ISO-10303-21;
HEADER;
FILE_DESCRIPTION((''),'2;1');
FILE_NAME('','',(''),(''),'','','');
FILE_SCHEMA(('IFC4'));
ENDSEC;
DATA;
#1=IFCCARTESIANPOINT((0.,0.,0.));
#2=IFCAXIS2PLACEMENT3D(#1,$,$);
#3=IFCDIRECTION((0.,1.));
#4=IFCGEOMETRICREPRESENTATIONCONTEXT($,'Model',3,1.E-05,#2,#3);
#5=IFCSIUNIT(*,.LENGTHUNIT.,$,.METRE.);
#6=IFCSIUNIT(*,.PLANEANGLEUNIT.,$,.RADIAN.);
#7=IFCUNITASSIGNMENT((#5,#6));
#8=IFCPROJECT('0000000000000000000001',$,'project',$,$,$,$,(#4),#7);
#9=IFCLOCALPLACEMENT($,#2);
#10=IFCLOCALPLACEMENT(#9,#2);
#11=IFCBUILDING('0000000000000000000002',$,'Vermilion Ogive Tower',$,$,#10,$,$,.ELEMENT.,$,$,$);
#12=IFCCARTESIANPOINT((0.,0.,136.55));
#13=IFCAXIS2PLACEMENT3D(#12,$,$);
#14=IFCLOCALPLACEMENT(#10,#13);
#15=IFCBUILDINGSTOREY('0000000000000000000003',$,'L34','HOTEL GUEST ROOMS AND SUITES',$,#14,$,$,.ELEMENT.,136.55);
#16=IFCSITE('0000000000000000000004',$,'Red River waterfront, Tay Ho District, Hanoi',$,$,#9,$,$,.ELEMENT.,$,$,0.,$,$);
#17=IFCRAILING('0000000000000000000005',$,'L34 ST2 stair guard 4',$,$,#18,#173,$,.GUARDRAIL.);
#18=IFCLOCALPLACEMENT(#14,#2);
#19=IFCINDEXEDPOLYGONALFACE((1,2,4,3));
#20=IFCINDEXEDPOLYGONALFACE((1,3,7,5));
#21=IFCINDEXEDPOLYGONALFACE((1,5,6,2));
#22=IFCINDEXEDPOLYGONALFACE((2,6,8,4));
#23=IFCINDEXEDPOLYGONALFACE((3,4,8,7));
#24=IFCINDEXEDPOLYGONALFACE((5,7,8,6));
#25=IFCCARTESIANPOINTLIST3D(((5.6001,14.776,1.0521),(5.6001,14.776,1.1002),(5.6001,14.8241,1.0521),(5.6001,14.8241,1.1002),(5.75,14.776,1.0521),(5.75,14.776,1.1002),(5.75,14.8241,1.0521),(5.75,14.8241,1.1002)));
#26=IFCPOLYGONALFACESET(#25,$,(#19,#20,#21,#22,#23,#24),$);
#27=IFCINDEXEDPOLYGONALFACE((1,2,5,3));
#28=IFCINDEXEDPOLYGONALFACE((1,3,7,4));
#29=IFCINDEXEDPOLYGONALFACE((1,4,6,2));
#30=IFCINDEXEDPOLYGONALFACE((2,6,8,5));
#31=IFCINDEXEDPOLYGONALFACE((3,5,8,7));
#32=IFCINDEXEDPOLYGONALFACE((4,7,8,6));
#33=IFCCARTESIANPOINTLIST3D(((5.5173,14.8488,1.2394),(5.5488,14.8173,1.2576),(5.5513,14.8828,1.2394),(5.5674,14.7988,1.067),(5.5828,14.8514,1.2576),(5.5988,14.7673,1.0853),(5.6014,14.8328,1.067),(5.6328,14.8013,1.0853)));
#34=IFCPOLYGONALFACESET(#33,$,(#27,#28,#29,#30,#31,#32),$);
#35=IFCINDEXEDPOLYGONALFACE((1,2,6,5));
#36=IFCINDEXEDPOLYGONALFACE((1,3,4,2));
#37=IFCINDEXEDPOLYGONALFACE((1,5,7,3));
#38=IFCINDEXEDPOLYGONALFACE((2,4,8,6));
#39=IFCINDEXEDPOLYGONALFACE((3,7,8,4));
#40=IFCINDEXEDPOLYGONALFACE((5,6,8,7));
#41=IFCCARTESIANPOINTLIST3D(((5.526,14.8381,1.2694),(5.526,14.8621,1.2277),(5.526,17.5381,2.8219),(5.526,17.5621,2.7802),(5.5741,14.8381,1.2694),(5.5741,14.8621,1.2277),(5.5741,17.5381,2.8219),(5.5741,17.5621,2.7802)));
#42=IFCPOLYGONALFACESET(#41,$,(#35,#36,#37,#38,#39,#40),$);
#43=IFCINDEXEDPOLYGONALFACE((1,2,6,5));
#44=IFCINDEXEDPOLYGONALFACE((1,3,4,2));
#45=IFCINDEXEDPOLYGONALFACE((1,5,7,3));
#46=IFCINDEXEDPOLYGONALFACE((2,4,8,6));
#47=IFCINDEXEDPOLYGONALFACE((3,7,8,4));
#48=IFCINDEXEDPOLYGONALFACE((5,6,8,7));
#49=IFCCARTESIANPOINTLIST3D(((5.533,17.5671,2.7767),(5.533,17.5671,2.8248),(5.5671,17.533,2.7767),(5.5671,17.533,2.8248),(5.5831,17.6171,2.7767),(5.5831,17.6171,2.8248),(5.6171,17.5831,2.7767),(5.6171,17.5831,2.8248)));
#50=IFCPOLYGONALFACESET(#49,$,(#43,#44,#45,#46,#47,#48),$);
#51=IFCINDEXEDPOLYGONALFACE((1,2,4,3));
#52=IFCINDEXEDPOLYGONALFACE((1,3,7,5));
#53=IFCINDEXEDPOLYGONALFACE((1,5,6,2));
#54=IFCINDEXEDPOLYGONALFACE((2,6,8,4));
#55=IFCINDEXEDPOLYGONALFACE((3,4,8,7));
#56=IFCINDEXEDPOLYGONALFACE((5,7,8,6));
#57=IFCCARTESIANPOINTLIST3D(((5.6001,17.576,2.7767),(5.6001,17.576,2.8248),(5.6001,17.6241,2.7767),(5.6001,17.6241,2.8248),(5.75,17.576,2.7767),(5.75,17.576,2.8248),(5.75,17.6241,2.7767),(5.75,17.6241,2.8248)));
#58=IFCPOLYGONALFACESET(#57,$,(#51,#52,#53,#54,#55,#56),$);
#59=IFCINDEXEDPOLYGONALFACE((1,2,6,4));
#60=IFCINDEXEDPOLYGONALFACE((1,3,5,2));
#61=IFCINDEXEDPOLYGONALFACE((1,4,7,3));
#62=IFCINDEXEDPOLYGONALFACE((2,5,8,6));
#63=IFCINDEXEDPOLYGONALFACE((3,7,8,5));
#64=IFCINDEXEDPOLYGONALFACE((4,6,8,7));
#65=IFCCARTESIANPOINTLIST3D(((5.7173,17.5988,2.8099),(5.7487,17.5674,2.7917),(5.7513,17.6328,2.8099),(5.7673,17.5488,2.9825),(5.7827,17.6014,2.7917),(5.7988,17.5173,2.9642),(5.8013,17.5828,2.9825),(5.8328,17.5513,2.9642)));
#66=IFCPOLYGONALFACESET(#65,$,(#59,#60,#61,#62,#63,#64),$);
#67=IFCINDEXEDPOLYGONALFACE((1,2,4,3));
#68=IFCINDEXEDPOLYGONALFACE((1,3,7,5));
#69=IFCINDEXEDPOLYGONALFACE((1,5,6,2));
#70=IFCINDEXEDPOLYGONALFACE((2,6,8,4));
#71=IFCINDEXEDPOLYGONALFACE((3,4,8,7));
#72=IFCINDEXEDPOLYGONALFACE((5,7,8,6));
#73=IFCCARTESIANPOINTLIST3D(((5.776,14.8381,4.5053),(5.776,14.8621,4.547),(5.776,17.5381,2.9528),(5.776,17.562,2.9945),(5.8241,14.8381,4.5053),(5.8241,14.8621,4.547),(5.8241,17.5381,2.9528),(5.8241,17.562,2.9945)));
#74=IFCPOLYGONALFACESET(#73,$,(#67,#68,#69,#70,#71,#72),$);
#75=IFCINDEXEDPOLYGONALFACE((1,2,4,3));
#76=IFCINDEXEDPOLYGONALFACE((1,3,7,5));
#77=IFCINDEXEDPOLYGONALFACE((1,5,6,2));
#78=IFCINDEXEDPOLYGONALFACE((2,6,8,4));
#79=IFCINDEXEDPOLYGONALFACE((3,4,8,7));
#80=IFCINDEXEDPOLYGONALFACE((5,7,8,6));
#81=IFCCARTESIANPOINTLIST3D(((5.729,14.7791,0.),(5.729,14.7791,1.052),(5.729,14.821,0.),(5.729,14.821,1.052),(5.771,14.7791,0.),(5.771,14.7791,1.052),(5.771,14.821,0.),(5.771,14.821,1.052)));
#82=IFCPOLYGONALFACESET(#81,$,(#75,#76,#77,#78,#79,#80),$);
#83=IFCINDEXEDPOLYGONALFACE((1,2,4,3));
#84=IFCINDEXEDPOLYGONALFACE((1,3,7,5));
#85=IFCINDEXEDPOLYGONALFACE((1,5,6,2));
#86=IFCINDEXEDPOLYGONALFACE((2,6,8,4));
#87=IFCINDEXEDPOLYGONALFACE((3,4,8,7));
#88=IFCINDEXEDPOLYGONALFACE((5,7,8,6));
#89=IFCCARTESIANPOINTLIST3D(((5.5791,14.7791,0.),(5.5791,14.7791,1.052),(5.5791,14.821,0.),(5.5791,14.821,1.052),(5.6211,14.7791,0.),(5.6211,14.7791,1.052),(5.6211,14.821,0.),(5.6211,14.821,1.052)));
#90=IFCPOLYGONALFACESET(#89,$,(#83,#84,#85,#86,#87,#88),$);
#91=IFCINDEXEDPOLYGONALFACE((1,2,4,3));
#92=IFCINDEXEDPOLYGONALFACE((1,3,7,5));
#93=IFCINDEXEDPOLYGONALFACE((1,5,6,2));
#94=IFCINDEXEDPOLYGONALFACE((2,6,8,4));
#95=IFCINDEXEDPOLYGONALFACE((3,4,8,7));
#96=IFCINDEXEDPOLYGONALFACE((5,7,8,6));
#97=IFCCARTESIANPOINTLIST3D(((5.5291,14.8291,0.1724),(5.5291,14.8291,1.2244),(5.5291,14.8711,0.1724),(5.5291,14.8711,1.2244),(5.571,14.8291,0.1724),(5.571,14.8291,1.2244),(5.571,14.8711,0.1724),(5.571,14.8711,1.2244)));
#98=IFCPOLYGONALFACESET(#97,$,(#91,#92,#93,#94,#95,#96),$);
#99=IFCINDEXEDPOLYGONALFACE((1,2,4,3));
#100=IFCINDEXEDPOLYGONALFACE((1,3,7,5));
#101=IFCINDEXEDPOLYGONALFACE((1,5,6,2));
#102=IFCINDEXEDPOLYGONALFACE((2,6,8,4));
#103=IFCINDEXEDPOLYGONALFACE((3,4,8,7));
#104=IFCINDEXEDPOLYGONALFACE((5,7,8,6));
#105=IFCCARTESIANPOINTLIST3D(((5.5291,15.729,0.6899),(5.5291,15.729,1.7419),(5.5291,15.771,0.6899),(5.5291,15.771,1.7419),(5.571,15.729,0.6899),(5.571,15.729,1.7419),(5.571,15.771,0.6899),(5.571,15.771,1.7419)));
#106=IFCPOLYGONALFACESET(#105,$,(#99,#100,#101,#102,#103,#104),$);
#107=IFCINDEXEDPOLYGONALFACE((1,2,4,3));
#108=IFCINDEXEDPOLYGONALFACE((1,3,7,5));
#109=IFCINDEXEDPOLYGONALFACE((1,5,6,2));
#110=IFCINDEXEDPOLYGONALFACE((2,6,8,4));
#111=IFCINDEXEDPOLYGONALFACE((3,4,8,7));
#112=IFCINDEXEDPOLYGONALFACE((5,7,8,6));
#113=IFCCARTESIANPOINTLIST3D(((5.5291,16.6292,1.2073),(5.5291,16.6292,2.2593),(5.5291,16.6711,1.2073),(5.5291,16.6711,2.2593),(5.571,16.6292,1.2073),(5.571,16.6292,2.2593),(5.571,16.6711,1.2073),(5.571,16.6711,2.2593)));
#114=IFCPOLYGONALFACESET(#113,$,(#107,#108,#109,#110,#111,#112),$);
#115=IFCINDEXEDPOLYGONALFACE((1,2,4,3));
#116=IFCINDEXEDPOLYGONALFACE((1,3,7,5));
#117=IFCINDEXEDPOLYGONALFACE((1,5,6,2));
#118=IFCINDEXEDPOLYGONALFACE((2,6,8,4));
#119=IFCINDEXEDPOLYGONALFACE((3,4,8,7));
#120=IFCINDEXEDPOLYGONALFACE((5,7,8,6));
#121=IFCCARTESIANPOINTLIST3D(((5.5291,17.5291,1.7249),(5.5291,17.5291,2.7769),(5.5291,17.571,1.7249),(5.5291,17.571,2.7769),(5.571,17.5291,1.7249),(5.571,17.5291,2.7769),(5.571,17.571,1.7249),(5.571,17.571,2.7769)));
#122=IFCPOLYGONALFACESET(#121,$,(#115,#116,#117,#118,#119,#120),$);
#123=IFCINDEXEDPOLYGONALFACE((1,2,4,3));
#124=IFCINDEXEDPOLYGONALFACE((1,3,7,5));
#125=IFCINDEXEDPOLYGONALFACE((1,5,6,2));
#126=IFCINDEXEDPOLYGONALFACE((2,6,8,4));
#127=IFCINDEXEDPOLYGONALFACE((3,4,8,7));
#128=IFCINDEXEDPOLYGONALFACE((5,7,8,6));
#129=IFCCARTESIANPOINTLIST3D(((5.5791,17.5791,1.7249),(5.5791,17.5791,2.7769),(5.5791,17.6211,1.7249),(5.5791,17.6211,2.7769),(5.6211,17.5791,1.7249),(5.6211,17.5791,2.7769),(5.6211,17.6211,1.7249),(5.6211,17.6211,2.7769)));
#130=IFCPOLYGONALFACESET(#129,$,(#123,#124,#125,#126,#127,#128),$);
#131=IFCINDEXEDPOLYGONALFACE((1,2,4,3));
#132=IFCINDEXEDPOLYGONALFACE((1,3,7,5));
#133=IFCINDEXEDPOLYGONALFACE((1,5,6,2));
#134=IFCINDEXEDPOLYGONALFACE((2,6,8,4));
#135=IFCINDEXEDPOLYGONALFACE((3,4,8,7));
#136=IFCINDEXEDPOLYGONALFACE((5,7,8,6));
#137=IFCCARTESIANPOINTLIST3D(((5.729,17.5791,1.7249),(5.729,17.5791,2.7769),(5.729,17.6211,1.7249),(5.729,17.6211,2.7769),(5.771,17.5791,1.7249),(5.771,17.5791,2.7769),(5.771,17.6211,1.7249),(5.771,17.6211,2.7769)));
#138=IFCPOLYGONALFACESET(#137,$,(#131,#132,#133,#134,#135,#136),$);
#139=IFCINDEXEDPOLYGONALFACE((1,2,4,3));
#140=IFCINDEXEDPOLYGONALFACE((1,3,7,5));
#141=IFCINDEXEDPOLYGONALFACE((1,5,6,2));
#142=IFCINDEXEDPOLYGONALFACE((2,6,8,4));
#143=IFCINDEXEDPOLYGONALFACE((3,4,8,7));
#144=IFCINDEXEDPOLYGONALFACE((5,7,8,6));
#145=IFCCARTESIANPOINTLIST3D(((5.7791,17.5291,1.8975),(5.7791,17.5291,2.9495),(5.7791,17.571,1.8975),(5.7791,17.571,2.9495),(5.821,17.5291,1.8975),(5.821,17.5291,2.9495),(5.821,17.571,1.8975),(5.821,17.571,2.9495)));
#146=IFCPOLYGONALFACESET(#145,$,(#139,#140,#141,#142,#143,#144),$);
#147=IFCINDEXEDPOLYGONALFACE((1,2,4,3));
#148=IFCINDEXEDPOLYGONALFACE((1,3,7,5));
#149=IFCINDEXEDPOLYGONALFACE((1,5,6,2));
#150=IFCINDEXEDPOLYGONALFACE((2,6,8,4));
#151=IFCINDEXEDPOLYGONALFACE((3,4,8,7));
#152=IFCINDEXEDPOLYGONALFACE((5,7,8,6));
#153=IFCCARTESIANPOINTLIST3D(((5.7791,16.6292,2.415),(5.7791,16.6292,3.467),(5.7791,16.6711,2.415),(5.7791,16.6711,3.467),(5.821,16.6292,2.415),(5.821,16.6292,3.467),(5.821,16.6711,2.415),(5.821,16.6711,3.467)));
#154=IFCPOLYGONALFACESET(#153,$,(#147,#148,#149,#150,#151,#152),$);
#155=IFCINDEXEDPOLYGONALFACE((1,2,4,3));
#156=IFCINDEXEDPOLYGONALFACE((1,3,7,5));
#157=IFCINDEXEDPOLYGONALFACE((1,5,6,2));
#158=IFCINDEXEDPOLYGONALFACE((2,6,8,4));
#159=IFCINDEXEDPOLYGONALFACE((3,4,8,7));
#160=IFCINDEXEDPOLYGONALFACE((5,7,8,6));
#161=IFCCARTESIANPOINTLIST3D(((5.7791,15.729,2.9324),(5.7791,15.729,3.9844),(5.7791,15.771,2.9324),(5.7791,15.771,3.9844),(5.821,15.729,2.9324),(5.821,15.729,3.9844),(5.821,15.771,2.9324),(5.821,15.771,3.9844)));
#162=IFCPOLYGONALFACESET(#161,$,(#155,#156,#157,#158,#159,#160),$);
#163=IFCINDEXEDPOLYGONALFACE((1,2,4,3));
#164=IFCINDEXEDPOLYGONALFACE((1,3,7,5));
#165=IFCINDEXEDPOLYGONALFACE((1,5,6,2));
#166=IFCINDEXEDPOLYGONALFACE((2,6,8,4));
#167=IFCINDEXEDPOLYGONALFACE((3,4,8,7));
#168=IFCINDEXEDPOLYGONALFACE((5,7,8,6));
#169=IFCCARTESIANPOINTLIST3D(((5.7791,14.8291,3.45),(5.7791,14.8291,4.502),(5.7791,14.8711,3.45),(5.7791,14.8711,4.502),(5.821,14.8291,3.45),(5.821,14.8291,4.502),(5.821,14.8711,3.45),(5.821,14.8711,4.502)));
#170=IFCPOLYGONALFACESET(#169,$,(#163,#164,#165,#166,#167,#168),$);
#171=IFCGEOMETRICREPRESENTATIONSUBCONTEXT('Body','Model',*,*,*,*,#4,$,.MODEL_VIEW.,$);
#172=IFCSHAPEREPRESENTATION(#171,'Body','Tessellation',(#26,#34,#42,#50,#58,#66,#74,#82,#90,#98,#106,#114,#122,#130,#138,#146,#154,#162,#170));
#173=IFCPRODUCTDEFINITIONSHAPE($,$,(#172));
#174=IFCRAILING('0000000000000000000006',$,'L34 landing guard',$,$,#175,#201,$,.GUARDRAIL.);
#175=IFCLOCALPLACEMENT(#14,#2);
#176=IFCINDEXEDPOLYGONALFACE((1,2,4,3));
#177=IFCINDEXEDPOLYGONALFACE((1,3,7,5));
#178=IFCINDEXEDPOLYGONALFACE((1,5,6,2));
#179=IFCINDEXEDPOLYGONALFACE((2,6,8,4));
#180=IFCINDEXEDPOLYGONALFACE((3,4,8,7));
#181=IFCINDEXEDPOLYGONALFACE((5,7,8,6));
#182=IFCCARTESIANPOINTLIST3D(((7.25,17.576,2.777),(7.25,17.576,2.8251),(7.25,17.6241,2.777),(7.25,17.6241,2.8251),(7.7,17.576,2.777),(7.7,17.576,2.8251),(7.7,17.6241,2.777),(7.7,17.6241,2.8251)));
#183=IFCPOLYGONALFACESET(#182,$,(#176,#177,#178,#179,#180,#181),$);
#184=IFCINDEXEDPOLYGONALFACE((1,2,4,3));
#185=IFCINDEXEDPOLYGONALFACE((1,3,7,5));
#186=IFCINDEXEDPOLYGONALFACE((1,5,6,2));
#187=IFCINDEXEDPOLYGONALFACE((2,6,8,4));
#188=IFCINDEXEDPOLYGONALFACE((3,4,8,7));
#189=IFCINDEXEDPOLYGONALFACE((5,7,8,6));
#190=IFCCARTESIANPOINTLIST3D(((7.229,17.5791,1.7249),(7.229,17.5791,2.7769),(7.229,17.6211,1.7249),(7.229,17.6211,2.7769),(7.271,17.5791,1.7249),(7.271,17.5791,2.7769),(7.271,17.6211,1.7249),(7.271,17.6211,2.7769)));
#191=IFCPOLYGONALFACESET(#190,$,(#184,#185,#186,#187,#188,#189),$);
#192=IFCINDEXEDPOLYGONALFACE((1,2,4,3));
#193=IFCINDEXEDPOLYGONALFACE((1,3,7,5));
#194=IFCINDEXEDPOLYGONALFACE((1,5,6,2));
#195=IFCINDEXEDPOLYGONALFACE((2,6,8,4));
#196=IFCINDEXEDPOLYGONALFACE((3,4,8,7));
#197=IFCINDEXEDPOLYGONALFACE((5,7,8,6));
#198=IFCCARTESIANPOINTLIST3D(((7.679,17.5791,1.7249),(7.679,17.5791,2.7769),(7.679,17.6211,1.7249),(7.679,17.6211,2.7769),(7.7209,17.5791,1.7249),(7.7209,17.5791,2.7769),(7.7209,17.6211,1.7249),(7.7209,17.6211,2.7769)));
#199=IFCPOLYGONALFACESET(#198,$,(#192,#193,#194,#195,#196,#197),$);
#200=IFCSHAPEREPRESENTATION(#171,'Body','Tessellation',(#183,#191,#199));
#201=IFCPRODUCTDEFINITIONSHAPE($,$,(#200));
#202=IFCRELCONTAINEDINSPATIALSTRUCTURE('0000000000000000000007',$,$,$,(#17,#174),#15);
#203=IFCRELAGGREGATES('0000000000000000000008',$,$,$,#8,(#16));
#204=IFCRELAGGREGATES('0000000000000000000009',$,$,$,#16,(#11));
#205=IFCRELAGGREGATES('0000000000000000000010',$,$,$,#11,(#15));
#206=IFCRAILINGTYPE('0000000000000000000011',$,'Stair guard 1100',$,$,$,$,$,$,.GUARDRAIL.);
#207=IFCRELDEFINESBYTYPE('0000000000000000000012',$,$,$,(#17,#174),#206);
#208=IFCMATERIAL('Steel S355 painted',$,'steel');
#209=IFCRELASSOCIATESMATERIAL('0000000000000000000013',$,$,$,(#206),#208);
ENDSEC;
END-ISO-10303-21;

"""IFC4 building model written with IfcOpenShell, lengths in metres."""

from ifc_helpers import new_model, si_unit, direction, frame, origin, origin_2d, place, context, subcontext, project, spatial, rectangle, extrude, material, type_object, element, save


model = new_model("IFC4")

# Units and contexts
model_context = context("Model", 3, precision=1e-05, world=origin(), true_north=direction((0.0, 1.0)))
body_context = subcontext(model_context, "Body", "Model", "MODEL_VIEW")
ifc_project = project(units=[si_unit("LENGTHUNIT", "METRE"), si_unit("PLANEANGLEUNIT", "RADIAN")], contexts=[model_context])

# Site, building, storey
site_placement = place(None, origin())
site = spatial("IfcSite", under=ifc_project, at=site_placement, Name="Red River waterfront, Tay Ho District, Hanoi", CompositionType="ELEMENT", RefElevation=0.0)
building_placement = place(site_placement, origin())
building = spatial("IfcBuilding", under=site, at=building_placement, Name="Vermilion Ogive Tower", CompositionType="ELEMENT")
storey_placement = place(building_placement, frame((0.0, 0.0, 136.55)))
storey = spatial("IfcBuildingStorey", under=building, at=storey_placement, Name="L34", Description="HOTEL GUEST ROOMS AND SUITES", CompositionType="ELEMENT", Elevation=136.55)

# Railings
ifc_material_1 = material(Name="Steel S355 painted", Category="steel")
railing_type_1 = type_object("IfcRailingType", Name="Stair guard 1100", PredefinedType="GUARDRAIL", material=ifc_material_1)
railing_1_placement = place(storey_placement, frame((5.75, 14.8, 0.0)))
element("IfcRailing", 1, at=railing_1_placement, inside=storey, type_object=railing_type_1, Name="L34 ST2 stair guard 4", PredefinedType="GUARDRAIL", context=body_context, shape_type="SweptSolid", body=[
    extrude(rectangle(XDim=0.0481, YDim=0.0481, at=origin_2d()), frame((0.0, 0.0, 1.0762), z_axis=(-1.0, 0.0, 0.0), x_axis=(0.0, -1.0, 0.0)), (0.0, 0.0, 1.0), 0.1499),
    extrude(rectangle(XDim=0.0481, YDim=0.0481, at=origin_2d()), frame((-0.1499, 0.0, 1.0762), z_axis=(-0.268603, 0.268603, 0.925043), x_axis=(-0.707107, -0.707107, 0.0)), (0.0, 0.0, 1.0), 0.1863),
    extrude(rectangle(XDim=0.0481, YDim=0.0481, at=origin_2d()), frame((-0.2, 0.05, 1.2485), z_axis=(0.0, 0.866904, 0.498476), x_axis=(-1.0, 0.0, 0.0)), (0.0, 0.0, 1.0), 3.1145),
    extrude(rectangle(XDim=0.0481, YDim=0.0481, at=origin_2d()), frame((-0.2, 2.75, 2.8008), z_axis=(0.707107, 0.707107, 0.0), x_axis=(-0.707107, 0.707107, 0.0)), (0.0, 0.0, 1.0), 0.0708),
    extrude(rectangle(XDim=0.0481, YDim=0.0481, at=origin_2d()), frame((-0.1499, 2.8, 2.8008), z_axis=(1.0, 0.0, 0.0), x_axis=(0.0, 1.0, 0.0)), (0.0, 0.0, 1.0), 0.1499),
    extrude(rectangle(XDim=0.0481, YDim=0.0481, at=origin_2d()), frame((0.0, 2.8, 2.8008), z_axis=(0.268278, -0.268278, 0.925232), x_axis=(0.707107, 0.707107, 0.0)), (0.0, 0.0, 1.0), 0.1865),
    extrude(rectangle(XDim=0.0481, YDim=0.0481, at=origin_2d()), frame((0.05, 2.75, 2.9736), z_axis=(0.0, -0.866904, 0.498476), x_axis=(1.0, 0.0, 0.0)), (0.0, 0.0, 1.0), 3.1145),
    extrude(rectangle(XDim=0.042, YDim=0.042, at=origin_2d()), origin(), (0.0, 0.0, 1.0), 1.052),
    extrude(rectangle(XDim=0.042, YDim=0.042, at=origin_2d()), frame((-0.1499, 0.0, 0.0)), (0.0, 0.0, 1.0), 1.052),
    extrude(rectangle(XDim=0.042, YDim=0.042, at=origin_2d()), frame((-0.2, 0.05, 0.1724)), (0.0, 0.0, 1.0), 1.052),
    extrude(rectangle(XDim=0.042, YDim=0.042, at=origin_2d()), frame((-0.2, 0.95, 0.6899)), (0.0, 0.0, 1.0), 1.052),
    extrude(rectangle(XDim=0.042, YDim=0.042, at=origin_2d()), frame((-0.2, 1.8501, 1.2073)), (0.0, 0.0, 1.0), 1.052),
    extrude(rectangle(XDim=0.042, YDim=0.042, at=origin_2d()), frame((-0.2, 2.75, 1.7249)), (0.0, 0.0, 1.0), 1.052),
    extrude(rectangle(XDim=0.042, YDim=0.042, at=origin_2d()), frame((-0.1499, 2.8, 1.7249)), (0.0, 0.0, 1.0), 1.052),
    extrude(rectangle(XDim=0.042, YDim=0.042, at=origin_2d()), frame((0.0, 2.8, 1.7249)), (0.0, 0.0, 1.0), 1.052),
    extrude(rectangle(XDim=0.042, YDim=0.042, at=origin_2d()), frame((0.05, 2.75, 1.8975)), (0.0, 0.0, 1.0), 1.052),
    extrude(rectangle(XDim=0.042, YDim=0.042, at=origin_2d()), frame((0.05, 1.8501, 2.415)), (0.0, 0.0, 1.0), 1.052),
    extrude(rectangle(XDim=0.042, YDim=0.042, at=origin_2d()), frame((0.05, 0.95, 2.9324)), (0.0, 0.0, 1.0), 1.052),
    extrude(rectangle(XDim=0.042, YDim=0.042, at=origin_2d()), frame((0.05, 0.05, 3.45)), (0.0, 0.0, 1.0), 1.052),
])
railing_2_placement = place(storey_placement, frame((7.25, 17.6001, 1.7249)))
element("IfcRailing", 2, at=railing_2_placement, inside=storey, type_object=railing_type_1, Name="L34 landing guard", PredefinedType="GUARDRAIL", context=body_context, shape_type="SweptSolid", body=[
    extrude(rectangle(XDim=0.0481, YDim=0.0481, at=origin_2d()), frame((0.0, 0.0, 1.0762), z_axis=(1.0, 0.0, 0.0), x_axis=(0.0, 1.0, 0.0)), (0.0, 0.0, 1.0), 0.45),
    extrude(rectangle(XDim=0.042, YDim=0.042, at=origin_2d()), origin(), (0.0, 0.0, 1.0), 1.052),
    extrude(rectangle(XDim=0.042, YDim=0.042, at=origin_2d()), frame((0.45, 0.0, 0.0)), (0.0, 0.0, 1.0), 1.052),
])

save(model, "model.ifc")
